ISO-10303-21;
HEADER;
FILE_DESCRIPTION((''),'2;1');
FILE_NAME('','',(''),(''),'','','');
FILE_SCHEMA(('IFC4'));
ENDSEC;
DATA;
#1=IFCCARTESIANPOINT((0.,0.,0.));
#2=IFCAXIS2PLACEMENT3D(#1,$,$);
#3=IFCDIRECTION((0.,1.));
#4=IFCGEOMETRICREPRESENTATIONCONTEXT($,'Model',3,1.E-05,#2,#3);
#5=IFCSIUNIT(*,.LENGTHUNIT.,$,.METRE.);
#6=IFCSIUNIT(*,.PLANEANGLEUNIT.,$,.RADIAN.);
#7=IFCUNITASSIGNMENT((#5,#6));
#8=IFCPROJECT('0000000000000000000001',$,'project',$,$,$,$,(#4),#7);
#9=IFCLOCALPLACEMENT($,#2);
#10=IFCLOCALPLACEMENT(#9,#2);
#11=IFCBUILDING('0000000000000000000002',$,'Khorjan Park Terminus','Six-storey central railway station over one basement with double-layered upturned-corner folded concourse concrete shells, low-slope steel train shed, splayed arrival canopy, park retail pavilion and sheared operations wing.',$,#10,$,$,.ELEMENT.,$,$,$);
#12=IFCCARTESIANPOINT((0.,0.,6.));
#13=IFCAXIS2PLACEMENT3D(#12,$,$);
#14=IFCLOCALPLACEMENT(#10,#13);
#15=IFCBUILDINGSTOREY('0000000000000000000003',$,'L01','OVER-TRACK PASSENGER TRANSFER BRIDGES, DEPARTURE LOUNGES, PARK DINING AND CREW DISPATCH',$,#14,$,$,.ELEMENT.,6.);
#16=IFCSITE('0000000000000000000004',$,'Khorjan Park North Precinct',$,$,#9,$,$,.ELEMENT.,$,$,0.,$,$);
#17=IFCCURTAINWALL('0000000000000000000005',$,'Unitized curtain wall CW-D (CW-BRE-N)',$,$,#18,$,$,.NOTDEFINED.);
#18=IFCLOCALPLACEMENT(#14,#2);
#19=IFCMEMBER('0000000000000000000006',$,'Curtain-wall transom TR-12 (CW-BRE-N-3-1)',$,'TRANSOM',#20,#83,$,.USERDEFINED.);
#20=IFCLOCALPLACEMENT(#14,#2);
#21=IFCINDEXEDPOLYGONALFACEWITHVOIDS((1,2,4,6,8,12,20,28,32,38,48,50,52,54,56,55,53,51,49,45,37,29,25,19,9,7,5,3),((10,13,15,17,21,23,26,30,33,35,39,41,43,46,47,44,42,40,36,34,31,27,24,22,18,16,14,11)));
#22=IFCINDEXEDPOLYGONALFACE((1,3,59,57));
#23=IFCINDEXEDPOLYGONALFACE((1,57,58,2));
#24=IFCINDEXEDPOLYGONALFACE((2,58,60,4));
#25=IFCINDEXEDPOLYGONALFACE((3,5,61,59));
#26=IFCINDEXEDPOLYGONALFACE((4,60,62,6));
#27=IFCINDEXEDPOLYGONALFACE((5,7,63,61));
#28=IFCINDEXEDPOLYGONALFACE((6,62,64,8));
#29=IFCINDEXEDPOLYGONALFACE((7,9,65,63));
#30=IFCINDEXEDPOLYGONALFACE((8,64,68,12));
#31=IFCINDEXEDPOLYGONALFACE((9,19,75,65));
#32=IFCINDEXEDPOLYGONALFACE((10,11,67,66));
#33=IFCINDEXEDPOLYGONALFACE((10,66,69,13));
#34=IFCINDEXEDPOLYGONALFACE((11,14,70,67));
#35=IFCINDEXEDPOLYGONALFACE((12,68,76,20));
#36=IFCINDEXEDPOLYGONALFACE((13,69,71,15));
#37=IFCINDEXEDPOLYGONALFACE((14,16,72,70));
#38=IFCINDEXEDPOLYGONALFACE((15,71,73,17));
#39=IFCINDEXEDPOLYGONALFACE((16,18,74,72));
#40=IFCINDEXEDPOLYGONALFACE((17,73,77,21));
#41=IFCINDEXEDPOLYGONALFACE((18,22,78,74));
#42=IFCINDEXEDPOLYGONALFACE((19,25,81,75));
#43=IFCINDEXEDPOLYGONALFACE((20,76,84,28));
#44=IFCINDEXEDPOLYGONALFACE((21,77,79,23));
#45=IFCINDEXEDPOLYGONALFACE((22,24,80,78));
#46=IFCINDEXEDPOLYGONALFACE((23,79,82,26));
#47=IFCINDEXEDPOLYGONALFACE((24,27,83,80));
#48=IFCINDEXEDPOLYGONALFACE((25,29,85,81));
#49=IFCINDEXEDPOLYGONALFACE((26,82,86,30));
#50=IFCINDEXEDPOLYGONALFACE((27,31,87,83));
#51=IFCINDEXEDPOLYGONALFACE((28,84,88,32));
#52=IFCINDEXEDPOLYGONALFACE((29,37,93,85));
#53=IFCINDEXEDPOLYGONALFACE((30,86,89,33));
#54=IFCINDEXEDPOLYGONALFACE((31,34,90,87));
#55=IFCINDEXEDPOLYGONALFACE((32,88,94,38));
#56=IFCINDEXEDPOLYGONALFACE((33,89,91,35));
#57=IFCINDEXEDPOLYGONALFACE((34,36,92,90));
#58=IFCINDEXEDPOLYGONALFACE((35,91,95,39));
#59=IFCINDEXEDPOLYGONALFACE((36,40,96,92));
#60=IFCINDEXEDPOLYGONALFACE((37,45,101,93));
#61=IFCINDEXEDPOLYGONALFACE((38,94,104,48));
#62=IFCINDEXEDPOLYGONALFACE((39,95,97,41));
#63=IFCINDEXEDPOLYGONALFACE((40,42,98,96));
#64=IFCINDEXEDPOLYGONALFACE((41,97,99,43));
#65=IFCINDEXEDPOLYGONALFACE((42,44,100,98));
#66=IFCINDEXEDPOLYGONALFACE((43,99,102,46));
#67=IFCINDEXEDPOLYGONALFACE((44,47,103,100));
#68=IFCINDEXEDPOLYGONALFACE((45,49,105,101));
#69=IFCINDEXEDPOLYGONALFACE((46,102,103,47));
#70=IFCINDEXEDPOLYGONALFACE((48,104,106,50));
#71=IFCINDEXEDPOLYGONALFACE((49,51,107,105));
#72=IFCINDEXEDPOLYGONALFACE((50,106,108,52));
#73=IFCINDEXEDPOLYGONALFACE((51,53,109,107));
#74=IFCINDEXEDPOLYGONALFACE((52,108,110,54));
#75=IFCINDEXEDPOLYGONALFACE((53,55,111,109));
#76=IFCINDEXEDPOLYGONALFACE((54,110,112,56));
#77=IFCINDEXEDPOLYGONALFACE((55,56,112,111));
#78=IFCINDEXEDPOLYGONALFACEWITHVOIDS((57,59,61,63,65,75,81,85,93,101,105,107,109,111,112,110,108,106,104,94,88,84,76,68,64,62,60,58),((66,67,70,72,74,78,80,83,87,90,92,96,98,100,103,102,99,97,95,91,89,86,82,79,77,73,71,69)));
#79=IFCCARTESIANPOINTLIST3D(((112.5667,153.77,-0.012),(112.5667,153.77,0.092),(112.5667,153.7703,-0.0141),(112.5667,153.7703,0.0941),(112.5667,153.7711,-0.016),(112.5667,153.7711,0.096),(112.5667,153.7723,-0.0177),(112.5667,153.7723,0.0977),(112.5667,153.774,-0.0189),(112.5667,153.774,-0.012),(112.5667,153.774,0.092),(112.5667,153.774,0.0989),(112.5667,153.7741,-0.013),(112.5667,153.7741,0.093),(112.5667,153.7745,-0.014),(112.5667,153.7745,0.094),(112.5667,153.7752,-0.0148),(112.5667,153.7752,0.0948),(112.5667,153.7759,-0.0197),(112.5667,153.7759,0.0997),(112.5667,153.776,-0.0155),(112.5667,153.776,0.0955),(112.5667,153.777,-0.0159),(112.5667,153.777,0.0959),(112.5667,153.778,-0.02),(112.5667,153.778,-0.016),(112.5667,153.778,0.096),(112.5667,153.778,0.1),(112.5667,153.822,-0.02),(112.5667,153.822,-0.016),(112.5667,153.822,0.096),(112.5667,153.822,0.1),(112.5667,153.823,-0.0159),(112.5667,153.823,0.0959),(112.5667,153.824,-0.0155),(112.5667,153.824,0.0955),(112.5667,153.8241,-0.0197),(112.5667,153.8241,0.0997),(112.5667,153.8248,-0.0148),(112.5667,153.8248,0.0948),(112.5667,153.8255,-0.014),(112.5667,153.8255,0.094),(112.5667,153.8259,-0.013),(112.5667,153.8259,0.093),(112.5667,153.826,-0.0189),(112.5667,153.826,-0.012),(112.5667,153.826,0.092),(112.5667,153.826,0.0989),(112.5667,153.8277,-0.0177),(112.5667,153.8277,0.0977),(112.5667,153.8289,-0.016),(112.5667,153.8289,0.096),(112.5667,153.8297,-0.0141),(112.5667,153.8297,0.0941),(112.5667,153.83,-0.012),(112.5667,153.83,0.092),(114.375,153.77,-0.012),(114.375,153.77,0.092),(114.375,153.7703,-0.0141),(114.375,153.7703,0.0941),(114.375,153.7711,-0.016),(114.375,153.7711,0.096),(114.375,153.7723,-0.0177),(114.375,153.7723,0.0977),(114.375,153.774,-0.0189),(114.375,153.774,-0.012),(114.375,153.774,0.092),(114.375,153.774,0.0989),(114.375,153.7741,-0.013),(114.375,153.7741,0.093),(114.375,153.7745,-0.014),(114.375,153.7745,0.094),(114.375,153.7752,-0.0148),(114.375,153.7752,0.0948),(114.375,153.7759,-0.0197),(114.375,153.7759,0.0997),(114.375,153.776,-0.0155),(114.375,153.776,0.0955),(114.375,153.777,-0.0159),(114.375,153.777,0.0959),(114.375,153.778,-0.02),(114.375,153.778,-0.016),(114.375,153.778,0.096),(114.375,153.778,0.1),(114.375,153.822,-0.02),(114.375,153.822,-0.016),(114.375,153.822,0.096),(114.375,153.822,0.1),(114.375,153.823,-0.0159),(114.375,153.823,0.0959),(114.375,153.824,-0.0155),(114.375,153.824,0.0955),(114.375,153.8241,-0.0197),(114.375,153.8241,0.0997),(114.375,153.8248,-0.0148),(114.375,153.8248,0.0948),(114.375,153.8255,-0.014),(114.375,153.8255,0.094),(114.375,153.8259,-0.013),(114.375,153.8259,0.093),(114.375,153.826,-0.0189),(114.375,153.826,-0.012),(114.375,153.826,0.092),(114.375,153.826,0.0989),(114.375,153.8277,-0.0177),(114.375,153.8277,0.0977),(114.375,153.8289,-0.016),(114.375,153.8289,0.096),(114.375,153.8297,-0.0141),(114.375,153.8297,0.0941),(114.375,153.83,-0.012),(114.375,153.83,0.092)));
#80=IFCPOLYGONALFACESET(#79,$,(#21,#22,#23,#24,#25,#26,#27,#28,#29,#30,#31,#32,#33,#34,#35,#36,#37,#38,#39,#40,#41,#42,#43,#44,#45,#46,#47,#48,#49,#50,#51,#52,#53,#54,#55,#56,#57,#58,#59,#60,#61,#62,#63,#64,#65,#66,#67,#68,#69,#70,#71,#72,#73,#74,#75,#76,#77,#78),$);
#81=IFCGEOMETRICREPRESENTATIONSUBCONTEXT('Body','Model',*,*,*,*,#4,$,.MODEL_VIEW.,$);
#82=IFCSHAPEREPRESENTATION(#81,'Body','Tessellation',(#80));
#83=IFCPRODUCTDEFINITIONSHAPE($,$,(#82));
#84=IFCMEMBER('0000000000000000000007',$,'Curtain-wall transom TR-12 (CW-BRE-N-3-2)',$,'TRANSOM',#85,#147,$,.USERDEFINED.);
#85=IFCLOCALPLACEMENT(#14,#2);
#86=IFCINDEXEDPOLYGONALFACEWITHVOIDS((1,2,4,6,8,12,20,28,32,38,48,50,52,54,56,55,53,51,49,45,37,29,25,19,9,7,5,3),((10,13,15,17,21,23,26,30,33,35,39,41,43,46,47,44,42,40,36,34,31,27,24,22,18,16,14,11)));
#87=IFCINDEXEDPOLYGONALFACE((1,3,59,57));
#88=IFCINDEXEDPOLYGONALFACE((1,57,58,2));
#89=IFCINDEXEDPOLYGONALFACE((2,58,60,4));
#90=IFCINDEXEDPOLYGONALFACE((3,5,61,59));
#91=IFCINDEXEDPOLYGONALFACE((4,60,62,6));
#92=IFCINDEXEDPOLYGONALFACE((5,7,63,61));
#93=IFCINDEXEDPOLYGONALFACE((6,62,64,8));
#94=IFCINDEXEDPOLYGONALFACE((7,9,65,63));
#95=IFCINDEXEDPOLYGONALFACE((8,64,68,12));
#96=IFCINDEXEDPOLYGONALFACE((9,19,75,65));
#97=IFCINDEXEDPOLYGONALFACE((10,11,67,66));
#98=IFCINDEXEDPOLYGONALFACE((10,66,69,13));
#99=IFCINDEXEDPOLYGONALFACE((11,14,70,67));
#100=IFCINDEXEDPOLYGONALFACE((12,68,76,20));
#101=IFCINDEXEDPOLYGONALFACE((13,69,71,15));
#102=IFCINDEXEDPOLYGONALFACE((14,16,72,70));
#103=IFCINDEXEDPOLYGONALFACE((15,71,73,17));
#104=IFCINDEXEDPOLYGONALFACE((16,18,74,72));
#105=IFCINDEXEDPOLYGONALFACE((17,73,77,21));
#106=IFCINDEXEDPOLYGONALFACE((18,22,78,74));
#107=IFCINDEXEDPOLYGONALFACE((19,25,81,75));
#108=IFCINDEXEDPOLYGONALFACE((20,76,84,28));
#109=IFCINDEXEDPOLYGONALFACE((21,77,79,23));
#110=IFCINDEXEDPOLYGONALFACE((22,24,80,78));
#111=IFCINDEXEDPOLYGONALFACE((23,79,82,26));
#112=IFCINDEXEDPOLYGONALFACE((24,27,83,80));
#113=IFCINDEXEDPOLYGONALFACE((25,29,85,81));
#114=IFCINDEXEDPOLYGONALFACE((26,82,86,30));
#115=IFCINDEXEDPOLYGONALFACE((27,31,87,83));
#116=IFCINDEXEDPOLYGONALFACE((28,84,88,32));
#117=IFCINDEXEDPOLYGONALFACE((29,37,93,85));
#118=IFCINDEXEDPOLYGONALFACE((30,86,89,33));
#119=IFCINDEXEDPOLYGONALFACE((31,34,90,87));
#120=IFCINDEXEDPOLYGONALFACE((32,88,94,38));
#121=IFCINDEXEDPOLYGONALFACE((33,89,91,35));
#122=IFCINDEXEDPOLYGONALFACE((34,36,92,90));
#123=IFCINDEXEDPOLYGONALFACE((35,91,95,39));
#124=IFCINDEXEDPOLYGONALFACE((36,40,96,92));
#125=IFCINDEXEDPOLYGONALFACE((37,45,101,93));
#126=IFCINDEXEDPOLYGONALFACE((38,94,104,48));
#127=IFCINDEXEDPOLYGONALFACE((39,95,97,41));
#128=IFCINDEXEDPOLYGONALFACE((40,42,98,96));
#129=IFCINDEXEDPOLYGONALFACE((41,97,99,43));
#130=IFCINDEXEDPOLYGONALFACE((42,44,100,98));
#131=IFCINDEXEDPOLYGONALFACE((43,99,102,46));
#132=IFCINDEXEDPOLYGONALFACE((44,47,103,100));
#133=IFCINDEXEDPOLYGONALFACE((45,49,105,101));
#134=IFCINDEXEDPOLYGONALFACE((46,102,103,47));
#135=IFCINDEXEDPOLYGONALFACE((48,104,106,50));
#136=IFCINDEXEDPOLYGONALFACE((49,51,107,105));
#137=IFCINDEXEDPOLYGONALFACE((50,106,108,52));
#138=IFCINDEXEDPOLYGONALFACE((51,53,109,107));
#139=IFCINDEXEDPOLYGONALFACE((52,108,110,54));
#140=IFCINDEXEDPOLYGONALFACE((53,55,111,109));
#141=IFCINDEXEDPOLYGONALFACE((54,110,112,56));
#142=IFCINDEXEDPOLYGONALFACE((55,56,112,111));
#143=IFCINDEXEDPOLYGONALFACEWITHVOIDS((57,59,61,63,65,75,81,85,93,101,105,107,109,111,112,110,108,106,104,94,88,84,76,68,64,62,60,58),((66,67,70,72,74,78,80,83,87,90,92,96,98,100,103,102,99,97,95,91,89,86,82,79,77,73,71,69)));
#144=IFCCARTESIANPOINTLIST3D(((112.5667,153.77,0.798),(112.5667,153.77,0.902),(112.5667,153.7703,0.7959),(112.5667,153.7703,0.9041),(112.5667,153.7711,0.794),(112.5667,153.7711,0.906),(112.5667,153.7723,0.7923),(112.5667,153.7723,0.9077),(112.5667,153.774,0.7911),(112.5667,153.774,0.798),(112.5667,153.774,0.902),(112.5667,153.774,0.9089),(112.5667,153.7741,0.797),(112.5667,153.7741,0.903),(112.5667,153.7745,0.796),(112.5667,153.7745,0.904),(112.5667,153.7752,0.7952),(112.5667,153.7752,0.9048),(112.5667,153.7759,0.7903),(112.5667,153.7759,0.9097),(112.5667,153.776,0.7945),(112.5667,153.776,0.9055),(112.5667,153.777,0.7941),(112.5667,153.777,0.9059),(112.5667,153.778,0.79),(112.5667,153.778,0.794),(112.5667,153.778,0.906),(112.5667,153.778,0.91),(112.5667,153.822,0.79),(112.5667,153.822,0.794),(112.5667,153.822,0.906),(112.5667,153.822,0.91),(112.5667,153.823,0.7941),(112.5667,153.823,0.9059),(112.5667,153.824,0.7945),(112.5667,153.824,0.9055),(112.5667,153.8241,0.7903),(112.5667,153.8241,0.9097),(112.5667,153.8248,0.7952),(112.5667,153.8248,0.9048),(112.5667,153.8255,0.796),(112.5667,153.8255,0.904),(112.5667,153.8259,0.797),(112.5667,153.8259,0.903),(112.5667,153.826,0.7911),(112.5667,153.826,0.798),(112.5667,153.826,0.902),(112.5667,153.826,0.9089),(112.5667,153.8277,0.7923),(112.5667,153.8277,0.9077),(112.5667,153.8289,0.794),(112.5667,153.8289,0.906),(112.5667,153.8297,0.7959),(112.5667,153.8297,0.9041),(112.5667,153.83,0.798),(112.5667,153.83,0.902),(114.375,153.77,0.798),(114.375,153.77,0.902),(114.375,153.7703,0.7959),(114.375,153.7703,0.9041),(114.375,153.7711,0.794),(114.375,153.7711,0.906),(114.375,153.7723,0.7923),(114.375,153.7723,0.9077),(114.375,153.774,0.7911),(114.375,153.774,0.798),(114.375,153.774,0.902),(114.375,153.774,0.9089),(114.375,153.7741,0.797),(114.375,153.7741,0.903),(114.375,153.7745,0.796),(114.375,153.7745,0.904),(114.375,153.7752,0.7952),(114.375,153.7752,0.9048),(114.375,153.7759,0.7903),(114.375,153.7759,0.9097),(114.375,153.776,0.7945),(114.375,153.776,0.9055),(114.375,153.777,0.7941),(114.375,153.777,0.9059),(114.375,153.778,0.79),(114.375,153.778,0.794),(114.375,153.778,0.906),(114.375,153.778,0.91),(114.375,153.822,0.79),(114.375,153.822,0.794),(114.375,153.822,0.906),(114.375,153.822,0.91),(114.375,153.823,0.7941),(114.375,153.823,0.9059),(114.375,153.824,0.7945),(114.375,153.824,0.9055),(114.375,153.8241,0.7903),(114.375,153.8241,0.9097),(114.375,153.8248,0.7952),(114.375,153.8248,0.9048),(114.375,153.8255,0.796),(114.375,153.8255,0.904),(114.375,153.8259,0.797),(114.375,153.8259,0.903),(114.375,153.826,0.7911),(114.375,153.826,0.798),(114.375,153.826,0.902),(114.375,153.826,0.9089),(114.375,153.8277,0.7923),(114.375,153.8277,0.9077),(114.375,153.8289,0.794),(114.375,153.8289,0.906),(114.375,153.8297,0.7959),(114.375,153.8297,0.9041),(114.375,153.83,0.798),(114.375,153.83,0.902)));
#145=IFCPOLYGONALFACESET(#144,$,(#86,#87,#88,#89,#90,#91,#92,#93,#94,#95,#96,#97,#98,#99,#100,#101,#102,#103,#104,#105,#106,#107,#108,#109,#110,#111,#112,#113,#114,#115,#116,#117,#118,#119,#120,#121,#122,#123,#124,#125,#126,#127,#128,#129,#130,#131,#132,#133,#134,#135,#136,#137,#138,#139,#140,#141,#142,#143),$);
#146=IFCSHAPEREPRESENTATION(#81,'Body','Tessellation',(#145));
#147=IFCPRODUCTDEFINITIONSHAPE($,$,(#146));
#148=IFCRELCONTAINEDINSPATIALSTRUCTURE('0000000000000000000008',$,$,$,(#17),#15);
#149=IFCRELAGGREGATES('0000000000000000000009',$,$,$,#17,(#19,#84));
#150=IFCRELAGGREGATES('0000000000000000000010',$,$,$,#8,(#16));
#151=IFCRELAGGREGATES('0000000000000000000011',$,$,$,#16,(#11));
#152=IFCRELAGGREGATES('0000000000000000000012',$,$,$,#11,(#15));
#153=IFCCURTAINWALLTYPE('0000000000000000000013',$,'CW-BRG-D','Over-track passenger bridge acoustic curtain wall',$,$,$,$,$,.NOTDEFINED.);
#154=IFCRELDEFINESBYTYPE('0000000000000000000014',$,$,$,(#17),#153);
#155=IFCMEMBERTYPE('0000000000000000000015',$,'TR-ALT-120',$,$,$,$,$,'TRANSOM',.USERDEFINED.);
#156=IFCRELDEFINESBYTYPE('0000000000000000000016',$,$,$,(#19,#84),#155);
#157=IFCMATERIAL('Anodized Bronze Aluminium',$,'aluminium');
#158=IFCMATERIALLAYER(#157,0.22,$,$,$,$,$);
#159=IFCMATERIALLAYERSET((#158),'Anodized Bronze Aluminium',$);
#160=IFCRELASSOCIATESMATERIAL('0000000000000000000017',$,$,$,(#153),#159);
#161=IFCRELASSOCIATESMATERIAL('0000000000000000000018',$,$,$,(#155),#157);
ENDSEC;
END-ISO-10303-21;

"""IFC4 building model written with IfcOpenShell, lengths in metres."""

from ifc_helpers import new_model, si_unit, direction, frame, origin, origin_2d, place, context, subcontext, project, spatial, hollow_rectangle, extrude, material, layer, layer_set, material_profile, profile_set, type_object, element, aggregate, save


model = new_model("IFC4")

# Units and contexts
model_context = context("Model", 3, precision=1e-05, world=origin(), true_north=direction((0.0, 1.0)))
body_context = subcontext(model_context, "Body", "Model", "MODEL_VIEW")
ifc_project = project(units=[si_unit("LENGTHUNIT", "METRE"), si_unit("PLANEANGLEUNIT", "RADIAN")], contexts=[model_context])

# Site, building, storey
site_placement = place(None, origin())
site = spatial("IfcSite", under=ifc_project, at=site_placement, Name="Khorjan Park North Precinct", CompositionType="ELEMENT", RefElevation=0.0)
building_placement = place(site_placement, origin())
building = spatial("IfcBuilding", under=site, at=building_placement, Name="Khorjan Park Terminus", Description="Six-storey central railway station over one basement with double-layered upturned-corner folded concourse concrete shells, low-slope steel train shed, splayed arrival canopy, park retail pavilion and sheared operations wing.", CompositionType="ELEMENT")
storey_placement = place(building_placement, frame((0.0, 0.0, 6.0)))
storey = spatial("IfcBuildingStorey", under=building, at=storey_placement, Name="L01", Description="OVER-TRACK PASSENGER TRANSFER BRIDGES, DEPARTURE LOUNGES, PARK DINING AND CREW DISPATCH", CompositionType="ELEMENT", Elevation=6.0)

# Curtain wall, members
ifc_material_1 = material(Name="Anodized Bronze Aluminium", Category="aluminium")
ifc_layer_1 = layer(ifc_material_1, 0.22)
ifc_layer_set_1 = layer_set([ifc_layer_1], Name="Anodized Bronze Aluminium")
curtain_wall_type = type_object("IfcCurtainWallType", Name="CW-BRG-D", Description="Over-track passenger bridge acoustic curtain wall", PredefinedType="NOTDEFINED", material=ifc_layer_set_1)
curtain_wall_placement = place(storey_placement, origin())
curtain_wall = element("IfcCurtainWall", 1, at=curtain_wall_placement, inside=storey, type_object=curtain_wall_type, Name="Unitized curtain wall CW-D (CW-BRE-N)", PredefinedType="NOTDEFINED")
ifc_material_profile_1 = material_profile(ifc_material_1, hollow_rectangle(XDim=0.06, YDim=0.12, WallThickness=0.004, InnerFilletRadius=0.004, OuterFilletRadius=0.008, at=origin_2d()), Name="ALT 60x120x4")
ifc_profile_set_1 = profile_set([ifc_material_profile_1], Name="Anodized Bronze Aluminium")
member_type_1 = type_object("IfcMemberType", Name="TR-ALT-120", ElementType="TRANSOM", PredefinedType="USERDEFINED", material=ifc_profile_set_1)
member_1_placement = place(storey_placement, frame((114.375, 153.8, 0.04), z_axis=(-1.0, 0.0, 0.0), x_axis=(0.0, -1.0, 0.0)))
member_1 = element("IfcMember", 2, at=member_1_placement, type_object=member_type_1, Name="Curtain-wall transom TR-12 (CW-BRE-N-3-1)", ObjectType="TRANSOM", PredefinedType="USERDEFINED", context=body_context, shape_type="SweptSolid", body=[
    extrude(hollow_rectangle(XDim=0.06, YDim=0.12, WallThickness=0.004, InnerFilletRadius=0.004, OuterFilletRadius=0.008, at=origin_2d()), origin(), (0.0, 0.0, 1.0), 1.8083),
])
member_2_placement = place(storey_placement, frame((114.375, 153.8, 0.85), z_axis=(-1.0, 0.0, 0.0), x_axis=(0.0, -1.0, 0.0)))
member_2 = element("IfcMember", 3, at=member_2_placement, type_object=member_type_1, Name="Curtain-wall transom TR-12 (CW-BRE-N-3-2)", ObjectType="TRANSOM", PredefinedType="USERDEFINED", context=body_context, shape_type="SweptSolid", body=[
    extrude(hollow_rectangle(XDim=0.06, YDim=0.12, WallThickness=0.004, InnerFilletRadius=0.004, OuterFilletRadius=0.008, at=origin_2d()), origin(), (0.0, 0.0, 1.0), 1.8083),
])
aggregate(curtain_wall, [member_1, member_2])

save(model, "model.ifc")
